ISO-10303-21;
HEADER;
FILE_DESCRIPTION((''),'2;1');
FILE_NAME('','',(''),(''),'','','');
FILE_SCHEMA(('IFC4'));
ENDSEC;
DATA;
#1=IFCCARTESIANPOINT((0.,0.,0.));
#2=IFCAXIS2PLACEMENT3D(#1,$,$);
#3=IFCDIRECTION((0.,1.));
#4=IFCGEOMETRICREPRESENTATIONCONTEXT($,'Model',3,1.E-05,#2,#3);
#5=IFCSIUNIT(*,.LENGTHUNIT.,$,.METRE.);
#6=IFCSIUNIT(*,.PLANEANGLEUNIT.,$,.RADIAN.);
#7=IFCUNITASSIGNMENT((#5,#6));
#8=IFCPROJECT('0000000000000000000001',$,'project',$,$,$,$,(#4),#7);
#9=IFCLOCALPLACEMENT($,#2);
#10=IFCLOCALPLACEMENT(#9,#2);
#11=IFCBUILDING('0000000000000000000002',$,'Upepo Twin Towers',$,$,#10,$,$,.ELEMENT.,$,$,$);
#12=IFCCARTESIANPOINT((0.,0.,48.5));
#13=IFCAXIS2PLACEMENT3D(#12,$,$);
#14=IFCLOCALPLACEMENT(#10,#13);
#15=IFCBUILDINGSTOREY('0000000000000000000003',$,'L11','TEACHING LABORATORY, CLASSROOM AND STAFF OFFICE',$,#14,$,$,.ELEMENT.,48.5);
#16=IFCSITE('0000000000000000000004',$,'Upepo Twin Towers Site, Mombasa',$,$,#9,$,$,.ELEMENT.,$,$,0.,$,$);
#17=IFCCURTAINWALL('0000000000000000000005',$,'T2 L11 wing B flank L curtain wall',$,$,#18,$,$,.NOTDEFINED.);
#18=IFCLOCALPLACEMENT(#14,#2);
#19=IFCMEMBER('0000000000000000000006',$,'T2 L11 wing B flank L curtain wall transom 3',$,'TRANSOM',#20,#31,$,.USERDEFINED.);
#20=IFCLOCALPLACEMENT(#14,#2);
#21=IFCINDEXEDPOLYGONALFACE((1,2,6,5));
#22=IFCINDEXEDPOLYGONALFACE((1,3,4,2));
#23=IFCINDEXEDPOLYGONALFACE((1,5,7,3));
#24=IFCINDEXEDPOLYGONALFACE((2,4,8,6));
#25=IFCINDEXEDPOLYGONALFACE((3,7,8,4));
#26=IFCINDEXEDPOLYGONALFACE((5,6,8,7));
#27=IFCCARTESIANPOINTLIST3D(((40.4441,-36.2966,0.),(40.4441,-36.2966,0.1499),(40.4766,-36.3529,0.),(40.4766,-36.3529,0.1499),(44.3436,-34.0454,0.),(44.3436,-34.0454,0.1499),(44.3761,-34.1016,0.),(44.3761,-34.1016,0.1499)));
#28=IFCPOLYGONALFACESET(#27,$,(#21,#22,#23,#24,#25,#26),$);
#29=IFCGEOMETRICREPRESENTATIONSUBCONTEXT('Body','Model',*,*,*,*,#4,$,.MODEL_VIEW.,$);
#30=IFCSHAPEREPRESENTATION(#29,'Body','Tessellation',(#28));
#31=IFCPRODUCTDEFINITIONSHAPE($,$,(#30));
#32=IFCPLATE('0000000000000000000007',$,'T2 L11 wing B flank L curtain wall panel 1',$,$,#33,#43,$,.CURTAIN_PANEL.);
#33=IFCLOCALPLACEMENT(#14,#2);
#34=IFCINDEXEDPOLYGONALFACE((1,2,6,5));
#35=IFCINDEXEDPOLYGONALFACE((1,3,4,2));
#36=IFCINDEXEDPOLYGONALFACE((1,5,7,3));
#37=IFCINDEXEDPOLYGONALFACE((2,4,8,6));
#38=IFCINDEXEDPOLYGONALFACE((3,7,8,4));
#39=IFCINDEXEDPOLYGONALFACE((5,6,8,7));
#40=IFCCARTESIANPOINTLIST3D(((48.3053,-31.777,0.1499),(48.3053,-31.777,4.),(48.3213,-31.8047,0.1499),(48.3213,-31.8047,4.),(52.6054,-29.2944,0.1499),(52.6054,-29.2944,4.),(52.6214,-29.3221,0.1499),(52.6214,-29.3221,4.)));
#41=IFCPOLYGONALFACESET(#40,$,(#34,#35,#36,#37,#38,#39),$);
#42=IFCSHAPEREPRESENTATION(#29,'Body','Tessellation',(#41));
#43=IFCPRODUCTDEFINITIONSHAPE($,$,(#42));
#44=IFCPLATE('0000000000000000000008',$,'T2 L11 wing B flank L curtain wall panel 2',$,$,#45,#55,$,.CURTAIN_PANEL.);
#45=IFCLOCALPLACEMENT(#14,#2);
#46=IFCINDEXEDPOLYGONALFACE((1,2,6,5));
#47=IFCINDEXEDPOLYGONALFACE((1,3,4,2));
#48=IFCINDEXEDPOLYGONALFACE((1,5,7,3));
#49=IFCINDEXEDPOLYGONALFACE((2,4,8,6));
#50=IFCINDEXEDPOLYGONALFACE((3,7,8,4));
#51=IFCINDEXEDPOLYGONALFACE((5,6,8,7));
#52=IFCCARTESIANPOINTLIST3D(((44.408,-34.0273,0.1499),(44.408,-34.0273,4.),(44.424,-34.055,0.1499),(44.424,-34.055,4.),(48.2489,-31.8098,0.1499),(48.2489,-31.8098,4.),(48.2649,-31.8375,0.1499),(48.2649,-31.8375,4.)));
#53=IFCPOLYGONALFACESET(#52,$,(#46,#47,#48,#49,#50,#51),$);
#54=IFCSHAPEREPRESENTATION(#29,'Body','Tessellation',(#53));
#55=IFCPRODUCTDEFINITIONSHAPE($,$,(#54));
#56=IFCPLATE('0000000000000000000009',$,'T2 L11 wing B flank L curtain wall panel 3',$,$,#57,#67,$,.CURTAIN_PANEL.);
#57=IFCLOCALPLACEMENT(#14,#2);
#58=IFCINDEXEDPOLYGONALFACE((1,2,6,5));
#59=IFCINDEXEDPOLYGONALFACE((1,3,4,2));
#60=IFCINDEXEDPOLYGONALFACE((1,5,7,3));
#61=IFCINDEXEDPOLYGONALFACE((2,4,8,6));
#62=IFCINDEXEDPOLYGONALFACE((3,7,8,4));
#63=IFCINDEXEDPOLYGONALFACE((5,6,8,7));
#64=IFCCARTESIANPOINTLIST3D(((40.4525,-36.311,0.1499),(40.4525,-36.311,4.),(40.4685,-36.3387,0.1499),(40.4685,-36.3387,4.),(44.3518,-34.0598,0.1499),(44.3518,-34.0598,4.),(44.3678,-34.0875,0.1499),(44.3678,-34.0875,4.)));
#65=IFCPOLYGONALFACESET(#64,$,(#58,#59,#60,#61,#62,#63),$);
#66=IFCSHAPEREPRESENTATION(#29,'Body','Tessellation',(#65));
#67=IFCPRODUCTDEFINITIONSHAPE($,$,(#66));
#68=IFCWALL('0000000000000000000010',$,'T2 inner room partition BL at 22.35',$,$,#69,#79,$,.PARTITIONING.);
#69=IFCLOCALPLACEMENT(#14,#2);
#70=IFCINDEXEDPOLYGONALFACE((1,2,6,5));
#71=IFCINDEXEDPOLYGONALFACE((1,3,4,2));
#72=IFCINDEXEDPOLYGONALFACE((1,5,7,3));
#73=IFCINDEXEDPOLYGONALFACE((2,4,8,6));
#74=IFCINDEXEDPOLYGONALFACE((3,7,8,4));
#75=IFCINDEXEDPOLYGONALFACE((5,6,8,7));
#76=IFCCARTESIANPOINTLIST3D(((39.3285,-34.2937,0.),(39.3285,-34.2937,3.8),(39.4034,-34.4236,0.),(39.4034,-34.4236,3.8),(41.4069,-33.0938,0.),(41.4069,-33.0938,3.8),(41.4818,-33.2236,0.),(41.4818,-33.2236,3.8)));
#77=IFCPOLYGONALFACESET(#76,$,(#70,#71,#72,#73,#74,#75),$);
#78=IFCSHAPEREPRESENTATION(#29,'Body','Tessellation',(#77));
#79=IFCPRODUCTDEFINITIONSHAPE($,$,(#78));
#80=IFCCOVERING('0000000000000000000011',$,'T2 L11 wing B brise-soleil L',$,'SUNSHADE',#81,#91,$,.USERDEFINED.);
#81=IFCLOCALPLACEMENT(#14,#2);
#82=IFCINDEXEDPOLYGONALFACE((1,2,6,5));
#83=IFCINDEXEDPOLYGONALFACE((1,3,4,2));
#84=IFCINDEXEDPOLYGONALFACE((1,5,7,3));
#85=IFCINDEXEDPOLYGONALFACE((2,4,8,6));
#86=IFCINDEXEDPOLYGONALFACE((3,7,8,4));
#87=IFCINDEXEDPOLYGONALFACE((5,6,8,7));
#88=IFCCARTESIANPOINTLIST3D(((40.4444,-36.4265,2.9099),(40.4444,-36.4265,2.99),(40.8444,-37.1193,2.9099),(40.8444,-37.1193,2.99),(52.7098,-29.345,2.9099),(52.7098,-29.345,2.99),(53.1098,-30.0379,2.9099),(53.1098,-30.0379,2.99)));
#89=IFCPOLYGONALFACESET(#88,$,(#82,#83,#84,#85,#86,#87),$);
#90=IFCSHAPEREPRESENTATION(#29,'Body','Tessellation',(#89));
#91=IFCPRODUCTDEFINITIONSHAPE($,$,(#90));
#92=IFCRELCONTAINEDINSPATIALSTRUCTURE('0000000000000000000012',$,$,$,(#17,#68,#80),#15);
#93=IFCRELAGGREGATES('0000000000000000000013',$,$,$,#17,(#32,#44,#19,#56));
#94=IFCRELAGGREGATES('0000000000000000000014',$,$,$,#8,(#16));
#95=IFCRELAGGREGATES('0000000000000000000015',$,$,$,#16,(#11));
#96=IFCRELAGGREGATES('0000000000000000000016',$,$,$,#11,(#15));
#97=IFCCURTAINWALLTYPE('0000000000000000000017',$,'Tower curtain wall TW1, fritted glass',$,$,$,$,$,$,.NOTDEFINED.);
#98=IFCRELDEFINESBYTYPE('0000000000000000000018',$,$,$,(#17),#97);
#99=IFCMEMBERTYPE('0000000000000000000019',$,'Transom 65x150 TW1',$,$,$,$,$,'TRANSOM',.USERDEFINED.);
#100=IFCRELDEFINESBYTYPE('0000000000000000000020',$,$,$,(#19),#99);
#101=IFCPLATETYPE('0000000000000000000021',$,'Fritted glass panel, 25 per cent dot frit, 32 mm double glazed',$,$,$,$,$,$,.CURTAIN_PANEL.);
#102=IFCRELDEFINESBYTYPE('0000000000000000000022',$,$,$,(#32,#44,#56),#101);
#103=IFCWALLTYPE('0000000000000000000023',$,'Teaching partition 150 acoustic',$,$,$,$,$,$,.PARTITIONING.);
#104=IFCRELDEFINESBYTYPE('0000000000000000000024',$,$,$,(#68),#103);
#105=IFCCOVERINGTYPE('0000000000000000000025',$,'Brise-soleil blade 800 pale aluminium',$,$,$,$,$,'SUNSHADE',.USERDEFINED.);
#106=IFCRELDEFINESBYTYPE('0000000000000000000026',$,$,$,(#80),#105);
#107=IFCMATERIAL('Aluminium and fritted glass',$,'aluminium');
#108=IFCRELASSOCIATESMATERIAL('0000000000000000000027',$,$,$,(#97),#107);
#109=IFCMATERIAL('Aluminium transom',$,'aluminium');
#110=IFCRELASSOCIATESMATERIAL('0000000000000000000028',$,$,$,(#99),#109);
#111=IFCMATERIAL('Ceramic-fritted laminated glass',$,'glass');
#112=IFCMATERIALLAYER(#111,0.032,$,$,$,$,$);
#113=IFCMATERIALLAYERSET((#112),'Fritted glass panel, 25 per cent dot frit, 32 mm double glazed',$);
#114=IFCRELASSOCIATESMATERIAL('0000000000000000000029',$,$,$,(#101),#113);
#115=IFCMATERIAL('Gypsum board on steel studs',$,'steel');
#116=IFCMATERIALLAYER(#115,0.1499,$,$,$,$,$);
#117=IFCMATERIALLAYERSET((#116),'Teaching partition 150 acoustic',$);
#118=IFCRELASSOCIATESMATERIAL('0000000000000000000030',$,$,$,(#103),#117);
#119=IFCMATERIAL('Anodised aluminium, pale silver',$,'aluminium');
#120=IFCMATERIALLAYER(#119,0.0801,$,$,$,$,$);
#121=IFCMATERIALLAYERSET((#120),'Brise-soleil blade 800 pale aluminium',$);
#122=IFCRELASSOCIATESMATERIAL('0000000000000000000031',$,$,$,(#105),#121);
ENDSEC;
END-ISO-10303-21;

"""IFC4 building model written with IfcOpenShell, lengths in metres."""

from ifc_helpers import new_model, si_unit, direction, frame, frame_2d, origin, origin_2d, place, context, subcontext, project, spatial, rectangle, extrude, material, layer, layer_set, material_profile, profile_set, type_object, element, aggregate, save


model = new_model("IFC4")

# Units and contexts
model_context = context("Model", 3, precision=1e-05, world=origin(), true_north=direction((0.0, 1.0)))
body_context = subcontext(model_context, "Body", "Model", "MODEL_VIEW")
ifc_project = project(units=[si_unit("LENGTHUNIT", "METRE"), si_unit("PLANEANGLEUNIT", "RADIAN")], contexts=[model_context])

# Site, building, storey
site_placement = place(None, origin())
site = spatial("IfcSite", under=ifc_project, at=site_placement, Name="Upepo Twin Towers Site, Mombasa", CompositionType="ELEMENT", RefElevation=0.0)
building_placement = place(site_placement, origin())
building = spatial("IfcBuilding", under=site, at=building_placement, Name="Upepo Twin Towers", CompositionType="ELEMENT")
storey_placement = place(building_placement, frame((0.0, 0.0, 48.5)))
storey = spatial("IfcBuildingStorey", under=building, at=storey_placement, Name="L11", Description="TEACHING LABORATORY, CLASSROOM AND STAFF OFFICE", CompositionType="ELEMENT", Elevation=48.5)

# Curtain wall, member, plates
ifc_material_1 = material(Name="Aluminium and fritted glass", Category="aluminium")
curtain_wall_type = type_object("IfcCurtainWallType", Name="Tower curtain wall TW1, fritted glass", PredefinedType="NOTDEFINED", material=ifc_material_1)
curtain_wall_placement = place(storey_placement, origin())
curtain_wall = element("IfcCurtainWall", 1, at=curtain_wall_placement, inside=storey, type_object=curtain_wall_type, Name="T2 L11 wing B flank L curtain wall", PredefinedType="NOTDEFINED")
ifc_material_2 = material(Name="Aluminium transom", Category="aluminium")
ifc_material_profile_1 = material_profile(ifc_material_2, rectangle(XDim=0.0649, YDim=0.1499, at=origin_2d()), Name="TRANSOM 65x150")
ifc_profile_set_1 = profile_set([ifc_material_profile_1], Name="Aluminium transom")
member_type_1 = type_object("IfcMemberType", Name="Transom 65x150 TW1", ElementType="TRANSOM", PredefinedType="USERDEFINED", material=ifc_profile_set_1)
member_1_placement = place(storey_placement, frame((44.3599, -34.0735, 0.075), z_axis=(-0.866036, -0.499982, 0.0), x_axis=(0.499982, -0.866036, 0.0)))
member_1 = element("IfcMember", 2, at=member_1_placement, type_object=member_type_1, Name="T2 L11 wing B flank L curtain wall transom 3", ObjectType="TRANSOM", PredefinedType="USERDEFINED", context=body_context, shape_type="SweptSolid", body=[
    extrude(rectangle(XDim=0.0649, YDim=0.1499, at=origin_2d()), origin(), (0.0, 0.0, 1.0), 4.5027),
])
ifc_material_3 = material(Name="Ceramic-fritted laminated glass", Category="glass")
ifc_layer_1 = layer(ifc_material_3, 0.032)
ifc_layer_set_1 = layer_set([ifc_layer_1], Name="Fritted glass panel, 25 per cent dot frit, 32 mm double glazed")
plate_type = type_object("IfcPlateType", Name="Fritted glass panel, 25 per cent dot frit, 32 mm double glazed", PredefinedType="CURTAIN_PANEL", material=ifc_layer_set_1)
plate_1_placement = place(storey_placement, frame((50.4634, -30.5496, 0.1499), z_axis=(0.0, 0.0, 1.0), x_axis=(-0.866025, -0.5, 0.0)))
plate_1 = element("IfcPlate", 3, at=plate_1_placement, type_object=plate_type, Name="T2 L11 wing B flank L curtain wall panel 1", PredefinedType="CURTAIN_PANEL", context=body_context, shape_type="SweptSolid", body=[
    extrude(rectangle(XDim=4.9653, YDim=0.032, at=origin_2d()), origin(), (0.0, 0.0, 1.0), 3.8501),
])
plate_2_placement = place(storey_placement, frame((46.3364, -32.9324, 0.1499), z_axis=(0.0, 0.0, 1.0), x_axis=(-0.866025, -0.5, 0.0)))
plate_2 = element("IfcPlate", 4, at=plate_2_placement, type_object=plate_type, Name="T2 L11 wing B flank L curtain wall panel 2", PredefinedType="CURTAIN_PANEL", context=body_context, shape_type="SweptSolid", body=[
    extrude(rectangle(XDim=4.4351, YDim=0.032, at=origin_2d()), origin(), (0.0, 0.0, 1.0), 3.8501),
])
plate_3_placement = place(storey_placement, frame((42.4102, -35.1992, 0.1499), z_axis=(0.0, 0.0, 1.0), x_axis=(-0.866025, -0.5, 0.0)))
plate_3 = element("IfcPlate", 5, at=plate_3_placement, type_object=plate_type, Name="T2 L11 wing B flank L curtain wall panel 3", PredefinedType="CURTAIN_PANEL", context=body_context, shape_type="SweptSolid", body=[
    extrude(rectangle(XDim=4.5024, YDim=0.032, at=origin_2d()), origin(), (0.0, 0.0, 1.0), 3.8501),
])
aggregate(curtain_wall, [plate_1, plate_2, member_1, plate_3])

# Wall
ifc_material_4 = material(Name="Gypsum board on steel studs", Category="steel")
ifc_layer_2 = layer(ifc_material_4, 0.1499)
ifc_layer_set_2 = layer_set([ifc_layer_2], Name="Teaching partition 150 acoustic")
wall_type = type_object("IfcWallType", Name="Teaching partition 150 acoustic", PredefinedType="PARTITIONING", material=ifc_layer_set_2)
wall_placement = place(storey_placement, frame((41.4443, -33.1587, 0.0), z_axis=(0.0, 0.0, 1.0), x_axis=(-0.866025, -0.500001, 0.0)))
element("IfcWall", 6, at=wall_placement, inside=storey, type_object=wall_type, Name="T2 inner room partition BL at 22.35", PredefinedType="PARTITIONING", context=body_context, shape_type="SweptSolid", body=[
    extrude(rectangle(XDim=2.3999, YDim=0.1499, at=frame_2d((1.2, 0.0))), origin(), (0.0, 0.0, 1.0), 3.8),
])

# Covering
ifc_material_5 = material(Name="Anodised aluminium, pale silver", Category="aluminium")
ifc_layer_3 = layer(ifc_material_5, 0.0801)
ifc_layer_set_3 = layer_set([ifc_layer_3], Name="Brise-soleil blade 800 pale aluminium")
covering_type = type_object("IfcCoveringType", Name="Brise-soleil blade 800 pale aluminium", ElementType="SUNSHADE", PredefinedType="USERDEFINED", material=ifc_layer_set_3)
covering_placement = place(storey_placement, frame((46.7771, -33.2322, 2.9099), z_axis=(0.0, 0.0, 1.0), x_axis=(-0.866025, -0.5, 0.0)))
element("IfcCovering", 7, at=covering_placement, inside=storey, type_object=covering_type, Name="T2 L11 wing B brise-soleil L", ObjectType="SUNSHADE", PredefinedType="USERDEFINED", context=body_context, shape_type="SweptSolid", body=[
    extrude(rectangle(XDim=14.1628, YDim=0.8, at=origin_2d()), origin(), (0.0, 0.0, 1.0), 0.0801),
])

save(model, "model.ifc")
